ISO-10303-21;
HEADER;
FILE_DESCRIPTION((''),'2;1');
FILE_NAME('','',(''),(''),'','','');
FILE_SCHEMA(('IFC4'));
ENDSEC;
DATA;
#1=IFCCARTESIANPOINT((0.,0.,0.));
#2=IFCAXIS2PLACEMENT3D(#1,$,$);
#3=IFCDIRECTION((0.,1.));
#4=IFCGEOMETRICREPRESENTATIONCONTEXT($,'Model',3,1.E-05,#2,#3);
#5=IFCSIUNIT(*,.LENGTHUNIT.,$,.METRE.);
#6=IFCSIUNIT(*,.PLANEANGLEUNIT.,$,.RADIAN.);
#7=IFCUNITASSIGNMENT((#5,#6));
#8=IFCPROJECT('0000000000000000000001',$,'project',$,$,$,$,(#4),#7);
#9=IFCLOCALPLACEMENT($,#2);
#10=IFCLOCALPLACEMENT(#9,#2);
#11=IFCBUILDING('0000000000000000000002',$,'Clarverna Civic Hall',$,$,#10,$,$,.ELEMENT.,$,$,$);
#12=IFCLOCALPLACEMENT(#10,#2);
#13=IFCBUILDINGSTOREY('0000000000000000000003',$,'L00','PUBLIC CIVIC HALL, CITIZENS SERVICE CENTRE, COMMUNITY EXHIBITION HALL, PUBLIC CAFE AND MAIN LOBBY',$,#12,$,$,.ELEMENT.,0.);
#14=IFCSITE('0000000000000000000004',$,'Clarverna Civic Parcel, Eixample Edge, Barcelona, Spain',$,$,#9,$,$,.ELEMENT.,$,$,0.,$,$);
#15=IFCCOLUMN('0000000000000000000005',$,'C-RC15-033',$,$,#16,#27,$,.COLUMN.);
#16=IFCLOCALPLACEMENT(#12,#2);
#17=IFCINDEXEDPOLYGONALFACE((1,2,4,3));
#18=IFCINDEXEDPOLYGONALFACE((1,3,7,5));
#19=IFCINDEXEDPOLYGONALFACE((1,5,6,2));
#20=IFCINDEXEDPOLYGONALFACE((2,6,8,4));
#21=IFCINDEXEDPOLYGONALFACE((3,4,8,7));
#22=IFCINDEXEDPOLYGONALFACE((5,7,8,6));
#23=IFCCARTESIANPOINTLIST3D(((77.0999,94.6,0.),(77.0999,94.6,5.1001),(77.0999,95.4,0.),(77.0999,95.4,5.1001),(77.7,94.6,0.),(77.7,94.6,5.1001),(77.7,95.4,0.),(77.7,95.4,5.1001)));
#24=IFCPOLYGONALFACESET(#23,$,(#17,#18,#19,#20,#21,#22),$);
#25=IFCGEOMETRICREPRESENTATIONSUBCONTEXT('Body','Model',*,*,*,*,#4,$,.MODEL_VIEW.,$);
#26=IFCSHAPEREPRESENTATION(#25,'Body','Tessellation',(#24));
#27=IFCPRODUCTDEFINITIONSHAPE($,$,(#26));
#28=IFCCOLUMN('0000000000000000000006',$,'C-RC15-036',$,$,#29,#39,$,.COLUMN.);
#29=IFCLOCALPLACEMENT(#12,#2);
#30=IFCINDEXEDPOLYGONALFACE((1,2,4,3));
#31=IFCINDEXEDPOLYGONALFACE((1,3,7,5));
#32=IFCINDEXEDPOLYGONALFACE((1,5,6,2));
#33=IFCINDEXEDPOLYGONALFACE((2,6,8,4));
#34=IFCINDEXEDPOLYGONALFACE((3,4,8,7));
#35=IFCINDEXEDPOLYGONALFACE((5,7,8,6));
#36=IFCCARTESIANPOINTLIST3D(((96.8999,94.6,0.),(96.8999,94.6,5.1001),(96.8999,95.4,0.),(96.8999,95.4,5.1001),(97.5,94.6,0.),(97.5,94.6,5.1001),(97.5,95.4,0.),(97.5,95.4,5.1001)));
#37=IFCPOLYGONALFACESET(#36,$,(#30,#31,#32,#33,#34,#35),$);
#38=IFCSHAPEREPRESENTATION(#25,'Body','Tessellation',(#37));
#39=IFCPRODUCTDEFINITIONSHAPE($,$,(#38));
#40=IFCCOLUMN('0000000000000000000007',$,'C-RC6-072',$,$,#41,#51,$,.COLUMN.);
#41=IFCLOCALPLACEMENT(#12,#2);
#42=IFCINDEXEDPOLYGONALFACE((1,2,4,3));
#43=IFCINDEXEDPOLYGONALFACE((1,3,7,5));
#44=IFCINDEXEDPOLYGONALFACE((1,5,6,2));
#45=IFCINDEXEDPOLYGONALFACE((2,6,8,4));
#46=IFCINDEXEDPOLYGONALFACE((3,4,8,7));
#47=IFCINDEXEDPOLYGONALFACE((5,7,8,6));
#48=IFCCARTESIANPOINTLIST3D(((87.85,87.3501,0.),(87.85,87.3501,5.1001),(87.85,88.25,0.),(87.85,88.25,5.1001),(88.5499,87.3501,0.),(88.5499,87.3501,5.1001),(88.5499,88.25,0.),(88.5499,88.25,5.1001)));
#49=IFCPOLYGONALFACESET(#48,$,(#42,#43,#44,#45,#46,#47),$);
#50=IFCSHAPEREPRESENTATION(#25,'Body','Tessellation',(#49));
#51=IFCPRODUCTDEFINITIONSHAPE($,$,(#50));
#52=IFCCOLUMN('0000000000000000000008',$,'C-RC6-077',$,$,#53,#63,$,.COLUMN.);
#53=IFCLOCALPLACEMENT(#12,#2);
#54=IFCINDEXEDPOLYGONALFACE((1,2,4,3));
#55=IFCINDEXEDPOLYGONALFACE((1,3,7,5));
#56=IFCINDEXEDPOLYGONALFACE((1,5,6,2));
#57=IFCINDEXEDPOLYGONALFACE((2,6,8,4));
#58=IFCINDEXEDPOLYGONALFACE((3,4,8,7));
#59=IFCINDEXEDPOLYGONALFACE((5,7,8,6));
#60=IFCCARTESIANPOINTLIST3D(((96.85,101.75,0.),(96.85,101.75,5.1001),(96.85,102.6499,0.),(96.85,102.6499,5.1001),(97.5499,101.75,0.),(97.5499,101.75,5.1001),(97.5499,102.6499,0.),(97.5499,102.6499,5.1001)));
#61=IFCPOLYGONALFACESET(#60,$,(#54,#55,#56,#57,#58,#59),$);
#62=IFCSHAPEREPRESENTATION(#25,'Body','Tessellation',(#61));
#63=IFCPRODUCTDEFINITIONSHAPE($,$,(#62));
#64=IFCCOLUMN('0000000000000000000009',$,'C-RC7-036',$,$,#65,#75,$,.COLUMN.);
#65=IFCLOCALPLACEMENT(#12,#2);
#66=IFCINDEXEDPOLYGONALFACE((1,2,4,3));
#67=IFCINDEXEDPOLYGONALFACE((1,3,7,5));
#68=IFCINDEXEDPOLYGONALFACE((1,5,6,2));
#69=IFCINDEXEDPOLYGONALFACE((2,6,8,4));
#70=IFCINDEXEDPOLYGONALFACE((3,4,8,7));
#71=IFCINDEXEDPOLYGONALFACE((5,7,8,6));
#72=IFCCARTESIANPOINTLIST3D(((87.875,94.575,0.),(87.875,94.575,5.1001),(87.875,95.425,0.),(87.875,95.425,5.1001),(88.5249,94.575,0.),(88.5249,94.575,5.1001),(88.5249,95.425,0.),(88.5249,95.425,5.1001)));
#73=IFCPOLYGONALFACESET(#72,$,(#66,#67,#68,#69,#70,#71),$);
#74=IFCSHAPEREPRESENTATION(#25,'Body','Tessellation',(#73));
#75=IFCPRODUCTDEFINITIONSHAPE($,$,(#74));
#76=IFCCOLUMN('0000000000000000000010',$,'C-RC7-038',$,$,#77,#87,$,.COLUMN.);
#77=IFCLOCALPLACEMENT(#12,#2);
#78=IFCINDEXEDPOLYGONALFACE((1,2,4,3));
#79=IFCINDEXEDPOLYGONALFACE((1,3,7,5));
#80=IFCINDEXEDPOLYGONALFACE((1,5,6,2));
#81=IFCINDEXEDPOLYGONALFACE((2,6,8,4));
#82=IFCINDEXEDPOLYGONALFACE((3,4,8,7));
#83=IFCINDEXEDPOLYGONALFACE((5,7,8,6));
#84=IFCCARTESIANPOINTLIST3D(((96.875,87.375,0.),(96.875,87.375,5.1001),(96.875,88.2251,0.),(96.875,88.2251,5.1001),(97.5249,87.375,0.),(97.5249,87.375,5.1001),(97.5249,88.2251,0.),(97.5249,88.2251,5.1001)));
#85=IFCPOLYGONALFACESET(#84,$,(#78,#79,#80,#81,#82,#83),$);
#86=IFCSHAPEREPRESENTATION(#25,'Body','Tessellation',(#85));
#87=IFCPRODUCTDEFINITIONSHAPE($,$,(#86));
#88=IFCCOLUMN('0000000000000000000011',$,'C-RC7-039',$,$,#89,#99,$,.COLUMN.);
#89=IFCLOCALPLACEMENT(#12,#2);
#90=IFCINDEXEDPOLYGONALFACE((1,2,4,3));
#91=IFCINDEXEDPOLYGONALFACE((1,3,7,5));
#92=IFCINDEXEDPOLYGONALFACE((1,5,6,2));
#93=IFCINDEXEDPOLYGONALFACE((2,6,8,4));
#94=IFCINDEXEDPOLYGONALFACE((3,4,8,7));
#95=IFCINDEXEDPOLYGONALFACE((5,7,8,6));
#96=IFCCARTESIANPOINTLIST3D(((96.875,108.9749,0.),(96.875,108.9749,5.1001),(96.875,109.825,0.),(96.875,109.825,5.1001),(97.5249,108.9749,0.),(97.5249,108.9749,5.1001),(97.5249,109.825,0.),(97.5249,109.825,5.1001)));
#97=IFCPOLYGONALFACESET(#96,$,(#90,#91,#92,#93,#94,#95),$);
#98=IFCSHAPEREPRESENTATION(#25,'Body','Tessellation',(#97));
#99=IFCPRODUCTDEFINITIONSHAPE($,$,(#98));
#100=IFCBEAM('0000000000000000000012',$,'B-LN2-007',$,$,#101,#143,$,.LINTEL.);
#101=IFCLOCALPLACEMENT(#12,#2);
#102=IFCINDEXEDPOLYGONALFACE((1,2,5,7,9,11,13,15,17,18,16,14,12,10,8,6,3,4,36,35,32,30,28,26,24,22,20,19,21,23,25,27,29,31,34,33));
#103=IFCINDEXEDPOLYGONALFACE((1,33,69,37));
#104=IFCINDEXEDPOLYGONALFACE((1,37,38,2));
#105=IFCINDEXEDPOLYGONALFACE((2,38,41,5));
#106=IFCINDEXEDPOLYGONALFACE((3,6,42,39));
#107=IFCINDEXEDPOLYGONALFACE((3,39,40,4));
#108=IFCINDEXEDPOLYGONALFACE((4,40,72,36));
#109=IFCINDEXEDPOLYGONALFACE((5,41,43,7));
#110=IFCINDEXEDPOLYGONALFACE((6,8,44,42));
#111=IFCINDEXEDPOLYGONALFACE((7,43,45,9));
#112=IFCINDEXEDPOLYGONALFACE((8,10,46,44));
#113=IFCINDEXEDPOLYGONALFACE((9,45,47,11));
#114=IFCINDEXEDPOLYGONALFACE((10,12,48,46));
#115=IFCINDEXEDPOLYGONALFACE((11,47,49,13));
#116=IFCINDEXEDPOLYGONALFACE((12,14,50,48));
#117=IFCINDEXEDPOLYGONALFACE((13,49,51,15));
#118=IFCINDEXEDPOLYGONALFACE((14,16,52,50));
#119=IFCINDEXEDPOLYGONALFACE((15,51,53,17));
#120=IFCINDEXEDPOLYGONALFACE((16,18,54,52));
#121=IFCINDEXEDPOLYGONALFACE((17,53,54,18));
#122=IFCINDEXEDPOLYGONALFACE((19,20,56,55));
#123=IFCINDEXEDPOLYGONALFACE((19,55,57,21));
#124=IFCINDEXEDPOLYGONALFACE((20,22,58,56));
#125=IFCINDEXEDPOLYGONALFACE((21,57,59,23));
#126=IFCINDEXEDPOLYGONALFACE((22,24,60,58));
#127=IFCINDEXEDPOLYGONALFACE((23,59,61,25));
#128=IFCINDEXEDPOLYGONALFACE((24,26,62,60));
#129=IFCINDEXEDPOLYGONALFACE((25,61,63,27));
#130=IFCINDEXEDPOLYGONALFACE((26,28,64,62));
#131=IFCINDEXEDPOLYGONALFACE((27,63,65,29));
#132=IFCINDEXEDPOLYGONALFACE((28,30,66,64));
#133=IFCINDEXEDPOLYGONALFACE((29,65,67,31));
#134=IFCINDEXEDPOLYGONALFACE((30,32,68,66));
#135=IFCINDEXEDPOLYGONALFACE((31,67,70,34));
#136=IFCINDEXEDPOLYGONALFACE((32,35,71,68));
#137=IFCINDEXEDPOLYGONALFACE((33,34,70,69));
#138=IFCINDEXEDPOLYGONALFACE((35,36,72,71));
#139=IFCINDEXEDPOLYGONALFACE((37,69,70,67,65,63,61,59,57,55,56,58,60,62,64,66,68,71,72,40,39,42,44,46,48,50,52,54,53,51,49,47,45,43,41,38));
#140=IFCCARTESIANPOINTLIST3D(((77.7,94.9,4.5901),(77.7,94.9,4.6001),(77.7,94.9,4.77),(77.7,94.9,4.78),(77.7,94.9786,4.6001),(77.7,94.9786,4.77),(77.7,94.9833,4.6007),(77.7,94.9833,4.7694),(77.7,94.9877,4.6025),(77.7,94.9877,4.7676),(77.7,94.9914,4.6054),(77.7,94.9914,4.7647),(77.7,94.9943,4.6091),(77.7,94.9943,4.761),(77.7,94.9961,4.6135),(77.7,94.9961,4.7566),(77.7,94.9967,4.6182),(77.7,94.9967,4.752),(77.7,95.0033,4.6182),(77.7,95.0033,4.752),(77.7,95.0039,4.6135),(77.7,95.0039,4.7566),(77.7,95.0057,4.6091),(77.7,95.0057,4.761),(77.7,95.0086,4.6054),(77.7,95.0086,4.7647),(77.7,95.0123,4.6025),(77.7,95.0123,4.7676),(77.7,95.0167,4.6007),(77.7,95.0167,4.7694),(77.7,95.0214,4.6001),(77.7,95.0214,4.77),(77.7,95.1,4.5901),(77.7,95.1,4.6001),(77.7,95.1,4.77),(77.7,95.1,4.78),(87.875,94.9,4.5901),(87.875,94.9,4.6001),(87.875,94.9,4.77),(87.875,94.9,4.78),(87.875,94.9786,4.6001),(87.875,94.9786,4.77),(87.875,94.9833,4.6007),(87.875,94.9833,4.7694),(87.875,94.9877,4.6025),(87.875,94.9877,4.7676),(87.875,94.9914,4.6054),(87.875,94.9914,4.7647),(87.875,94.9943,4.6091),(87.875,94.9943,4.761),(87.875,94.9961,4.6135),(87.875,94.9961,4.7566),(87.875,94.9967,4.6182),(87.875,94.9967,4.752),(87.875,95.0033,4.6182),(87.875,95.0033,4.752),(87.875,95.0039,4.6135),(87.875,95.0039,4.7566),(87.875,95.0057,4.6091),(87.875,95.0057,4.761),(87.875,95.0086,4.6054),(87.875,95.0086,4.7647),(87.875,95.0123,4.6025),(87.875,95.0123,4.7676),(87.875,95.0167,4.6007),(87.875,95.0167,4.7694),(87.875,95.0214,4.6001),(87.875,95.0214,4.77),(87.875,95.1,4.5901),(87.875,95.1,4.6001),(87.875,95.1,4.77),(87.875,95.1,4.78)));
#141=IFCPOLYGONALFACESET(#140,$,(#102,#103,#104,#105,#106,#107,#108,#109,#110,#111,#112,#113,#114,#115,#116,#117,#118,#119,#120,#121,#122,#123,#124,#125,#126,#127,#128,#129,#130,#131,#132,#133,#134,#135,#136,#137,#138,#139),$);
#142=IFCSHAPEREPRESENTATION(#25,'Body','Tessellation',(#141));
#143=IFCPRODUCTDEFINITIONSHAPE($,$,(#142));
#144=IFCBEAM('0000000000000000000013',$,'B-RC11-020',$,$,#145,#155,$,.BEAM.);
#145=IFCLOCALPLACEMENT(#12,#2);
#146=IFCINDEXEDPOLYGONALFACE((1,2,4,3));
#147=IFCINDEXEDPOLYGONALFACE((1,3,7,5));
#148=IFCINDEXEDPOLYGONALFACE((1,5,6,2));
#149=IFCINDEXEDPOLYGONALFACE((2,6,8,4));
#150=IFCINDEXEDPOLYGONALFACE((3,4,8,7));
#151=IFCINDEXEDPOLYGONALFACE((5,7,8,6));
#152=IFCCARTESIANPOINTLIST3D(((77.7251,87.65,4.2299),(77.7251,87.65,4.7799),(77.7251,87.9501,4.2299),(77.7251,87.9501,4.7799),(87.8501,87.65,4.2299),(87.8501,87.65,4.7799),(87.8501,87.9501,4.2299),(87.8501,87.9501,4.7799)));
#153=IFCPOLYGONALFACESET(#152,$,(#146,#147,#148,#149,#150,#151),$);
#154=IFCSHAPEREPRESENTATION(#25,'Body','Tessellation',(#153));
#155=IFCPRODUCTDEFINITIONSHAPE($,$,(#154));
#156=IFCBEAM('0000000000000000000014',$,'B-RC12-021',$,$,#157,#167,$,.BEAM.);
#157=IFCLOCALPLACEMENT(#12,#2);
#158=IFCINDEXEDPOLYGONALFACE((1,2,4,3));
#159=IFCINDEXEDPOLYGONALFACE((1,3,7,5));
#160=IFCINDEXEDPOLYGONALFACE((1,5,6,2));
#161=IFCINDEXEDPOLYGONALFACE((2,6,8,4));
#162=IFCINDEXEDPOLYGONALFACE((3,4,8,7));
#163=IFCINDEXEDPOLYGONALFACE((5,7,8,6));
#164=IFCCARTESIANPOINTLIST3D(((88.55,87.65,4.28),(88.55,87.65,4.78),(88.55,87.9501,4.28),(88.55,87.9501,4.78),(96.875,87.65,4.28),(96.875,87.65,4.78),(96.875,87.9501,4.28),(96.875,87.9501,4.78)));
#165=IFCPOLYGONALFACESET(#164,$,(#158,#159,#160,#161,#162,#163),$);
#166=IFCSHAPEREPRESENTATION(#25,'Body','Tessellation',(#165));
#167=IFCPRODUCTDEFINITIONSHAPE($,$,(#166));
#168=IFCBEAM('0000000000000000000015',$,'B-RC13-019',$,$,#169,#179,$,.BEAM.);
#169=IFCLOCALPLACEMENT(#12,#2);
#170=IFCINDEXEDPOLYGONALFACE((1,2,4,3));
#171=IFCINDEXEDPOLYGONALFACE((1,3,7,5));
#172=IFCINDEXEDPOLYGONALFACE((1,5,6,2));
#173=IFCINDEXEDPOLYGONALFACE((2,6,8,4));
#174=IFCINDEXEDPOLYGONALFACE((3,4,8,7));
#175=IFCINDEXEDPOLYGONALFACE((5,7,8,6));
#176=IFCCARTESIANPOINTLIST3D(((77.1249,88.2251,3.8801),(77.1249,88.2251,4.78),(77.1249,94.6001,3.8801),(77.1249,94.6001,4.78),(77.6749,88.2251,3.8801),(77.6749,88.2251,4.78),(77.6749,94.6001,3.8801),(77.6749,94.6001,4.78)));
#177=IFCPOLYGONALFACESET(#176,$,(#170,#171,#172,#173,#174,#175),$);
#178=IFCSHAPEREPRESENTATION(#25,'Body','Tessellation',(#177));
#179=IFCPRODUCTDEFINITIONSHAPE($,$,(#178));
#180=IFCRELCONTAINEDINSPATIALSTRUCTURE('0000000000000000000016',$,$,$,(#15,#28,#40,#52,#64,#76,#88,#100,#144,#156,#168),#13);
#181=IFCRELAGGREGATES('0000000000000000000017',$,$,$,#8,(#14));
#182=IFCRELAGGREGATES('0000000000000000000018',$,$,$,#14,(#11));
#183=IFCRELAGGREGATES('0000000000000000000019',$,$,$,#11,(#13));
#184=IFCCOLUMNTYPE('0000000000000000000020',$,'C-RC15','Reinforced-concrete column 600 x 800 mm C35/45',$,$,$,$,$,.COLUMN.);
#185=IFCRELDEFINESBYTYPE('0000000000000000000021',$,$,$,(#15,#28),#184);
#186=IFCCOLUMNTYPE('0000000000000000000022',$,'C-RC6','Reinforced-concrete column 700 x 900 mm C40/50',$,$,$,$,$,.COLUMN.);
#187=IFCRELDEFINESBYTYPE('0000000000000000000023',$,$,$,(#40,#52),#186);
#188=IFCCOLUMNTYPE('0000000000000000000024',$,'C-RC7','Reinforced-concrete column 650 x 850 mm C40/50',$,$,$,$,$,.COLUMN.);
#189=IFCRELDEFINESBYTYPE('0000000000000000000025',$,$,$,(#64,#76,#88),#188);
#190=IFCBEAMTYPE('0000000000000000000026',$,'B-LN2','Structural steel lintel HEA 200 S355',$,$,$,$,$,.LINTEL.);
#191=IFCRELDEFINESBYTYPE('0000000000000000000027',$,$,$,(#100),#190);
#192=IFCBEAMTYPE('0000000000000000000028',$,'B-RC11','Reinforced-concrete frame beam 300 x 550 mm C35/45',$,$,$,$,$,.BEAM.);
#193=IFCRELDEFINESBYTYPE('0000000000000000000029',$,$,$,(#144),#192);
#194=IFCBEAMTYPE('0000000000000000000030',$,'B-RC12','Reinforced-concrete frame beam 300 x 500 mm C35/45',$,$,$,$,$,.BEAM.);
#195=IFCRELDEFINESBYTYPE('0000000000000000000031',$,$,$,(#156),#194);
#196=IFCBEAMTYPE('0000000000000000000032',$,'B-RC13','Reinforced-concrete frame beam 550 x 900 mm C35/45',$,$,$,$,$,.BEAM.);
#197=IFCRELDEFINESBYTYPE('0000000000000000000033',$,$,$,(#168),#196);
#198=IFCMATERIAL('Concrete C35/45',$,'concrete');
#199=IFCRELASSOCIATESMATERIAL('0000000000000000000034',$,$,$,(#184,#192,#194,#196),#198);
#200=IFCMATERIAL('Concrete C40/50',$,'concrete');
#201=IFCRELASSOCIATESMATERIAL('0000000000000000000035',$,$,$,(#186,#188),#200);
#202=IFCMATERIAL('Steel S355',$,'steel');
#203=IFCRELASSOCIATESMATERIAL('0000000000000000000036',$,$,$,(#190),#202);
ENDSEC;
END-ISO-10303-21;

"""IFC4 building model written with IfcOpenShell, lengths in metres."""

from ifc_helpers import new_model, si_unit, direction, frame, origin, origin_2d, place, context, subcontext, project, spatial, rectangle, i_section, extrude, material, material_profile, profile_set, type_object, element, save


model = new_model("IFC4")

# Units and contexts
model_context = context("Model", 3, precision=1e-05, world=origin(), true_north=direction((0.0, 1.0)))
body_context = subcontext(model_context, "Body", "Model", "MODEL_VIEW")
ifc_project = project(units=[si_unit("LENGTHUNIT", "METRE"), si_unit("PLANEANGLEUNIT", "RADIAN")], contexts=[model_context])

# Site, building, storey
site_placement = place(None, origin())
site = spatial("IfcSite", under=ifc_project, at=site_placement, Name="Clarverna Civic Parcel, Eixample Edge, Barcelona, Spain", CompositionType="ELEMENT", RefElevation=0.0)
building_placement = place(site_placement, origin())
building = spatial("IfcBuilding", under=site, at=building_placement, Name="Clarverna Civic Hall", CompositionType="ELEMENT")
storey_placement = place(building_placement, origin())
storey = spatial("IfcBuildingStorey", under=building, at=storey_placement, Name="L00", Description="PUBLIC CIVIC HALL, CITIZENS SERVICE CENTRE, COMMUNITY EXHIBITION HALL, PUBLIC CAFE AND MAIN LOBBY", CompositionType="ELEMENT", Elevation=0.0)

# Columns
ifc_material_1 = material(Name="Concrete C35/45", Category="concrete")
ifc_material_profile_1 = material_profile(ifc_material_1, rectangle(XDim=0.6001, YDim=0.8, at=origin_2d()), Name="RC 600x800")
ifc_profile_set_1 = profile_set([ifc_material_profile_1], Name="Concrete C35/45")
column_type_1 = type_object("IfcColumnType", Name="C-RC15", Description="Reinforced-concrete column 600 x 800 mm C35/45", PredefinedType="COLUMN", material=ifc_profile_set_1)
for number, where, z_axis, x_axis, name in (
    (1, (77.3999, 95.0, 0.0), (0.0, 0.0, 1.0), (1.0, 0.0, 0.0), "C-RC15-033"),
    (2, (97.2, 95.0, 0.0), (0.0, 0.0, 1.0), (1.0, 0.0, 0.0), "C-RC15-036"),
):
    element("IfcColumn", number, at=place(storey_placement, frame(where, z_axis=z_axis, x_axis=x_axis)), inside=storey, type_object=column_type_1, Name=name, PredefinedType="COLUMN", context=body_context, shape_type="SweptSolid", body=[
        extrude(rectangle(XDim=0.6001, YDim=0.8, at=origin_2d()), origin(), (0.0, 0.0, 1.0), 5.1001),
    ])
ifc_material_2 = material(Name="Concrete C40/50", Category="concrete")
ifc_material_profile_2 = material_profile(ifc_material_2, rectangle(XDim=0.7, YDim=0.8999, at=origin_2d()), Name="RC 700x900")
ifc_profile_set_2 = profile_set([ifc_material_profile_2], Name="Concrete C40/50")
column_type_2 = type_object("IfcColumnType", Name="C-RC6", Description="Reinforced-concrete column 700 x 900 mm C40/50", PredefinedType="COLUMN", material=ifc_profile_set_2)
for number, where, z_axis, x_axis, name in (
    (3, (88.2, 87.8, 0.0), (0.0, 0.0, 1.0), (1.0, 0.0, 0.0), "C-RC6-072"),
    (4, (97.2, 102.2, 0.0), (0.0, 0.0, 1.0), (1.0, 0.0, 0.0), "C-RC6-077"),
):
    element("IfcColumn", number, at=place(storey_placement, frame(where, z_axis=z_axis, x_axis=x_axis)), inside=storey, type_object=column_type_2, Name=name, PredefinedType="COLUMN", context=body_context, shape_type="SweptSolid", body=[
        extrude(rectangle(XDim=0.7, YDim=0.8999, at=origin_2d()), origin(), (0.0, 0.0, 1.0), 5.1001),
    ])
ifc_material_profile_3 = material_profile(ifc_material_2, rectangle(XDim=0.6499, YDim=0.8501, at=origin_2d()), Name="RC 650x850")
ifc_profile_set_3 = profile_set([ifc_material_profile_3], Name="Concrete C40/50")
column_type_3 = type_object("IfcColumnType", Name="C-RC7", Description="Reinforced-concrete column 650 x 850 mm C40/50", PredefinedType="COLUMN", material=ifc_profile_set_3)
for number, where, z_axis, x_axis, name in (
    (5, (88.2, 95.0, 0.0), (0.0, 0.0, 1.0), (1.0, 0.0, 0.0), "C-RC7-036"),
    (6, (97.2, 87.8, 0.0), (0.0, 0.0, 1.0), (1.0, 0.0, 0.0), "C-RC7-038"),
    (7, (97.2, 109.3999, 0.0), (0.0, 0.0, 1.0), (1.0, 0.0, 0.0), "C-RC7-039"),
):
    element("IfcColumn", number, at=place(storey_placement, frame(where, z_axis=z_axis, x_axis=x_axis)), inside=storey, type_object=column_type_3, Name=name, PredefinedType="COLUMN", context=body_context, shape_type="SweptSolid", body=[
        extrude(rectangle(XDim=0.6499, YDim=0.8501, at=origin_2d()), origin(), (0.0, 0.0, 1.0), 5.1001),
    ])

# Beams
ifc_material_3 = material(Name="Steel S355", Category="steel")
ifc_material_profile_4 = material_profile(ifc_material_3, i_section(OverallWidth=0.2, OverallDepth=0.1899, WebThickness=0.0066, FlangeThickness=0.01, FilletRadius=0.0181, at=origin_2d()), Name="HEA 200")
ifc_profile_set_4 = profile_set([ifc_material_profile_4], Name="Steel S355")
beam_type_1 = type_object("IfcBeamType", Name="B-LN2", Description="Structural steel lintel HEA 200 S355", PredefinedType="LINTEL", material=ifc_profile_set_4)
beam_1_placement = place(storey_placement, frame((77.7, 95.0, 4.6851), z_axis=(1.0, 0.0, 0.0), x_axis=(0.0, 1.0, 0.0)))
element("IfcBeam", 8, at=beam_1_placement, inside=storey, type_object=beam_type_1, Name="B-LN2-007", PredefinedType="LINTEL", context=body_context, shape_type="SweptSolid", body=[
    extrude(i_section(OverallWidth=0.2, OverallDepth=0.1899, WebThickness=0.0066, FlangeThickness=0.01, FilletRadius=0.0181, at=origin_2d()), origin(), (0.0, 0.0, 1.0), 10.175),
])
ifc_material_profile_5 = material_profile(ifc_material_1, rectangle(XDim=0.3, YDim=0.55, at=origin_2d()), Name="RC 300x550")
ifc_profile_set_5 = profile_set([ifc_material_profile_5], Name="Concrete C35/45")
beam_type_2 = type_object("IfcBeamType", Name="B-RC11", Description="Reinforced-concrete frame beam 300 x 550 mm C35/45", PredefinedType="BEAM", material=ifc_profile_set_5)
beam_2_placement = place(storey_placement, frame((77.7251, 87.8, 4.5049), z_axis=(1.0, 0.0, 0.0), x_axis=(0.0, 1.0, 0.0)))
element("IfcBeam", 9, at=beam_2_placement, inside=storey, type_object=beam_type_2, Name="B-RC11-020", PredefinedType="BEAM", context=body_context, shape_type="SweptSolid", body=[
    extrude(rectangle(XDim=0.3, YDim=0.55, at=origin_2d()), origin(), (0.0, 0.0, 1.0), 10.125),
])
ifc_material_profile_6 = material_profile(ifc_material_1, rectangle(XDim=0.3, YDim=0.5, at=origin_2d()), Name="RC 300x500")
ifc_profile_set_6 = profile_set([ifc_material_profile_6], Name="Concrete C35/45")
beam_type_3 = type_object("IfcBeamType", Name="B-RC12", Description="Reinforced-concrete frame beam 300 x 500 mm C35/45", PredefinedType="BEAM", material=ifc_profile_set_6)
beam_3_placement = place(storey_placement, frame((88.55, 87.8, 4.53), z_axis=(1.0, 0.0, 0.0), x_axis=(0.0, 1.0, 0.0)))
element("IfcBeam", 10, at=beam_3_placement, inside=storey, type_object=beam_type_3, Name="B-RC12-021", PredefinedType="BEAM", context=body_context, shape_type="SweptSolid", body=[
    extrude(rectangle(XDim=0.3, YDim=0.5, at=origin_2d()), origin(), (0.0, 0.0, 1.0), 8.325),
])
ifc_material_profile_7 = material_profile(ifc_material_1, rectangle(XDim=0.55, YDim=0.8999, at=origin_2d()), Name="RC 550x900")
ifc_profile_set_7 = profile_set([ifc_material_profile_7], Name="Concrete C35/45")
beam_type_4 = type_object("IfcBeamType", Name="B-RC13", Description="Reinforced-concrete frame beam 550 x 900 mm C35/45", PredefinedType="BEAM", material=ifc_profile_set_7)
beam_4_placement = place(storey_placement, frame((77.3999, 88.2251, 4.3301), z_axis=(0.0, 1.0, 0.0), x_axis=(-1.0, 0.0, 0.0)))
element("IfcBeam", 11, at=beam_4_placement, inside=storey, type_object=beam_type_4, Name="B-RC13-019", PredefinedType="BEAM", context=body_context, shape_type="SweptSolid", body=[
    extrude(rectangle(XDim=0.55, YDim=0.8999, at=origin_2d()), origin(), (0.0, 0.0, 1.0), 6.375),
])

save(model, "model.ifc")
